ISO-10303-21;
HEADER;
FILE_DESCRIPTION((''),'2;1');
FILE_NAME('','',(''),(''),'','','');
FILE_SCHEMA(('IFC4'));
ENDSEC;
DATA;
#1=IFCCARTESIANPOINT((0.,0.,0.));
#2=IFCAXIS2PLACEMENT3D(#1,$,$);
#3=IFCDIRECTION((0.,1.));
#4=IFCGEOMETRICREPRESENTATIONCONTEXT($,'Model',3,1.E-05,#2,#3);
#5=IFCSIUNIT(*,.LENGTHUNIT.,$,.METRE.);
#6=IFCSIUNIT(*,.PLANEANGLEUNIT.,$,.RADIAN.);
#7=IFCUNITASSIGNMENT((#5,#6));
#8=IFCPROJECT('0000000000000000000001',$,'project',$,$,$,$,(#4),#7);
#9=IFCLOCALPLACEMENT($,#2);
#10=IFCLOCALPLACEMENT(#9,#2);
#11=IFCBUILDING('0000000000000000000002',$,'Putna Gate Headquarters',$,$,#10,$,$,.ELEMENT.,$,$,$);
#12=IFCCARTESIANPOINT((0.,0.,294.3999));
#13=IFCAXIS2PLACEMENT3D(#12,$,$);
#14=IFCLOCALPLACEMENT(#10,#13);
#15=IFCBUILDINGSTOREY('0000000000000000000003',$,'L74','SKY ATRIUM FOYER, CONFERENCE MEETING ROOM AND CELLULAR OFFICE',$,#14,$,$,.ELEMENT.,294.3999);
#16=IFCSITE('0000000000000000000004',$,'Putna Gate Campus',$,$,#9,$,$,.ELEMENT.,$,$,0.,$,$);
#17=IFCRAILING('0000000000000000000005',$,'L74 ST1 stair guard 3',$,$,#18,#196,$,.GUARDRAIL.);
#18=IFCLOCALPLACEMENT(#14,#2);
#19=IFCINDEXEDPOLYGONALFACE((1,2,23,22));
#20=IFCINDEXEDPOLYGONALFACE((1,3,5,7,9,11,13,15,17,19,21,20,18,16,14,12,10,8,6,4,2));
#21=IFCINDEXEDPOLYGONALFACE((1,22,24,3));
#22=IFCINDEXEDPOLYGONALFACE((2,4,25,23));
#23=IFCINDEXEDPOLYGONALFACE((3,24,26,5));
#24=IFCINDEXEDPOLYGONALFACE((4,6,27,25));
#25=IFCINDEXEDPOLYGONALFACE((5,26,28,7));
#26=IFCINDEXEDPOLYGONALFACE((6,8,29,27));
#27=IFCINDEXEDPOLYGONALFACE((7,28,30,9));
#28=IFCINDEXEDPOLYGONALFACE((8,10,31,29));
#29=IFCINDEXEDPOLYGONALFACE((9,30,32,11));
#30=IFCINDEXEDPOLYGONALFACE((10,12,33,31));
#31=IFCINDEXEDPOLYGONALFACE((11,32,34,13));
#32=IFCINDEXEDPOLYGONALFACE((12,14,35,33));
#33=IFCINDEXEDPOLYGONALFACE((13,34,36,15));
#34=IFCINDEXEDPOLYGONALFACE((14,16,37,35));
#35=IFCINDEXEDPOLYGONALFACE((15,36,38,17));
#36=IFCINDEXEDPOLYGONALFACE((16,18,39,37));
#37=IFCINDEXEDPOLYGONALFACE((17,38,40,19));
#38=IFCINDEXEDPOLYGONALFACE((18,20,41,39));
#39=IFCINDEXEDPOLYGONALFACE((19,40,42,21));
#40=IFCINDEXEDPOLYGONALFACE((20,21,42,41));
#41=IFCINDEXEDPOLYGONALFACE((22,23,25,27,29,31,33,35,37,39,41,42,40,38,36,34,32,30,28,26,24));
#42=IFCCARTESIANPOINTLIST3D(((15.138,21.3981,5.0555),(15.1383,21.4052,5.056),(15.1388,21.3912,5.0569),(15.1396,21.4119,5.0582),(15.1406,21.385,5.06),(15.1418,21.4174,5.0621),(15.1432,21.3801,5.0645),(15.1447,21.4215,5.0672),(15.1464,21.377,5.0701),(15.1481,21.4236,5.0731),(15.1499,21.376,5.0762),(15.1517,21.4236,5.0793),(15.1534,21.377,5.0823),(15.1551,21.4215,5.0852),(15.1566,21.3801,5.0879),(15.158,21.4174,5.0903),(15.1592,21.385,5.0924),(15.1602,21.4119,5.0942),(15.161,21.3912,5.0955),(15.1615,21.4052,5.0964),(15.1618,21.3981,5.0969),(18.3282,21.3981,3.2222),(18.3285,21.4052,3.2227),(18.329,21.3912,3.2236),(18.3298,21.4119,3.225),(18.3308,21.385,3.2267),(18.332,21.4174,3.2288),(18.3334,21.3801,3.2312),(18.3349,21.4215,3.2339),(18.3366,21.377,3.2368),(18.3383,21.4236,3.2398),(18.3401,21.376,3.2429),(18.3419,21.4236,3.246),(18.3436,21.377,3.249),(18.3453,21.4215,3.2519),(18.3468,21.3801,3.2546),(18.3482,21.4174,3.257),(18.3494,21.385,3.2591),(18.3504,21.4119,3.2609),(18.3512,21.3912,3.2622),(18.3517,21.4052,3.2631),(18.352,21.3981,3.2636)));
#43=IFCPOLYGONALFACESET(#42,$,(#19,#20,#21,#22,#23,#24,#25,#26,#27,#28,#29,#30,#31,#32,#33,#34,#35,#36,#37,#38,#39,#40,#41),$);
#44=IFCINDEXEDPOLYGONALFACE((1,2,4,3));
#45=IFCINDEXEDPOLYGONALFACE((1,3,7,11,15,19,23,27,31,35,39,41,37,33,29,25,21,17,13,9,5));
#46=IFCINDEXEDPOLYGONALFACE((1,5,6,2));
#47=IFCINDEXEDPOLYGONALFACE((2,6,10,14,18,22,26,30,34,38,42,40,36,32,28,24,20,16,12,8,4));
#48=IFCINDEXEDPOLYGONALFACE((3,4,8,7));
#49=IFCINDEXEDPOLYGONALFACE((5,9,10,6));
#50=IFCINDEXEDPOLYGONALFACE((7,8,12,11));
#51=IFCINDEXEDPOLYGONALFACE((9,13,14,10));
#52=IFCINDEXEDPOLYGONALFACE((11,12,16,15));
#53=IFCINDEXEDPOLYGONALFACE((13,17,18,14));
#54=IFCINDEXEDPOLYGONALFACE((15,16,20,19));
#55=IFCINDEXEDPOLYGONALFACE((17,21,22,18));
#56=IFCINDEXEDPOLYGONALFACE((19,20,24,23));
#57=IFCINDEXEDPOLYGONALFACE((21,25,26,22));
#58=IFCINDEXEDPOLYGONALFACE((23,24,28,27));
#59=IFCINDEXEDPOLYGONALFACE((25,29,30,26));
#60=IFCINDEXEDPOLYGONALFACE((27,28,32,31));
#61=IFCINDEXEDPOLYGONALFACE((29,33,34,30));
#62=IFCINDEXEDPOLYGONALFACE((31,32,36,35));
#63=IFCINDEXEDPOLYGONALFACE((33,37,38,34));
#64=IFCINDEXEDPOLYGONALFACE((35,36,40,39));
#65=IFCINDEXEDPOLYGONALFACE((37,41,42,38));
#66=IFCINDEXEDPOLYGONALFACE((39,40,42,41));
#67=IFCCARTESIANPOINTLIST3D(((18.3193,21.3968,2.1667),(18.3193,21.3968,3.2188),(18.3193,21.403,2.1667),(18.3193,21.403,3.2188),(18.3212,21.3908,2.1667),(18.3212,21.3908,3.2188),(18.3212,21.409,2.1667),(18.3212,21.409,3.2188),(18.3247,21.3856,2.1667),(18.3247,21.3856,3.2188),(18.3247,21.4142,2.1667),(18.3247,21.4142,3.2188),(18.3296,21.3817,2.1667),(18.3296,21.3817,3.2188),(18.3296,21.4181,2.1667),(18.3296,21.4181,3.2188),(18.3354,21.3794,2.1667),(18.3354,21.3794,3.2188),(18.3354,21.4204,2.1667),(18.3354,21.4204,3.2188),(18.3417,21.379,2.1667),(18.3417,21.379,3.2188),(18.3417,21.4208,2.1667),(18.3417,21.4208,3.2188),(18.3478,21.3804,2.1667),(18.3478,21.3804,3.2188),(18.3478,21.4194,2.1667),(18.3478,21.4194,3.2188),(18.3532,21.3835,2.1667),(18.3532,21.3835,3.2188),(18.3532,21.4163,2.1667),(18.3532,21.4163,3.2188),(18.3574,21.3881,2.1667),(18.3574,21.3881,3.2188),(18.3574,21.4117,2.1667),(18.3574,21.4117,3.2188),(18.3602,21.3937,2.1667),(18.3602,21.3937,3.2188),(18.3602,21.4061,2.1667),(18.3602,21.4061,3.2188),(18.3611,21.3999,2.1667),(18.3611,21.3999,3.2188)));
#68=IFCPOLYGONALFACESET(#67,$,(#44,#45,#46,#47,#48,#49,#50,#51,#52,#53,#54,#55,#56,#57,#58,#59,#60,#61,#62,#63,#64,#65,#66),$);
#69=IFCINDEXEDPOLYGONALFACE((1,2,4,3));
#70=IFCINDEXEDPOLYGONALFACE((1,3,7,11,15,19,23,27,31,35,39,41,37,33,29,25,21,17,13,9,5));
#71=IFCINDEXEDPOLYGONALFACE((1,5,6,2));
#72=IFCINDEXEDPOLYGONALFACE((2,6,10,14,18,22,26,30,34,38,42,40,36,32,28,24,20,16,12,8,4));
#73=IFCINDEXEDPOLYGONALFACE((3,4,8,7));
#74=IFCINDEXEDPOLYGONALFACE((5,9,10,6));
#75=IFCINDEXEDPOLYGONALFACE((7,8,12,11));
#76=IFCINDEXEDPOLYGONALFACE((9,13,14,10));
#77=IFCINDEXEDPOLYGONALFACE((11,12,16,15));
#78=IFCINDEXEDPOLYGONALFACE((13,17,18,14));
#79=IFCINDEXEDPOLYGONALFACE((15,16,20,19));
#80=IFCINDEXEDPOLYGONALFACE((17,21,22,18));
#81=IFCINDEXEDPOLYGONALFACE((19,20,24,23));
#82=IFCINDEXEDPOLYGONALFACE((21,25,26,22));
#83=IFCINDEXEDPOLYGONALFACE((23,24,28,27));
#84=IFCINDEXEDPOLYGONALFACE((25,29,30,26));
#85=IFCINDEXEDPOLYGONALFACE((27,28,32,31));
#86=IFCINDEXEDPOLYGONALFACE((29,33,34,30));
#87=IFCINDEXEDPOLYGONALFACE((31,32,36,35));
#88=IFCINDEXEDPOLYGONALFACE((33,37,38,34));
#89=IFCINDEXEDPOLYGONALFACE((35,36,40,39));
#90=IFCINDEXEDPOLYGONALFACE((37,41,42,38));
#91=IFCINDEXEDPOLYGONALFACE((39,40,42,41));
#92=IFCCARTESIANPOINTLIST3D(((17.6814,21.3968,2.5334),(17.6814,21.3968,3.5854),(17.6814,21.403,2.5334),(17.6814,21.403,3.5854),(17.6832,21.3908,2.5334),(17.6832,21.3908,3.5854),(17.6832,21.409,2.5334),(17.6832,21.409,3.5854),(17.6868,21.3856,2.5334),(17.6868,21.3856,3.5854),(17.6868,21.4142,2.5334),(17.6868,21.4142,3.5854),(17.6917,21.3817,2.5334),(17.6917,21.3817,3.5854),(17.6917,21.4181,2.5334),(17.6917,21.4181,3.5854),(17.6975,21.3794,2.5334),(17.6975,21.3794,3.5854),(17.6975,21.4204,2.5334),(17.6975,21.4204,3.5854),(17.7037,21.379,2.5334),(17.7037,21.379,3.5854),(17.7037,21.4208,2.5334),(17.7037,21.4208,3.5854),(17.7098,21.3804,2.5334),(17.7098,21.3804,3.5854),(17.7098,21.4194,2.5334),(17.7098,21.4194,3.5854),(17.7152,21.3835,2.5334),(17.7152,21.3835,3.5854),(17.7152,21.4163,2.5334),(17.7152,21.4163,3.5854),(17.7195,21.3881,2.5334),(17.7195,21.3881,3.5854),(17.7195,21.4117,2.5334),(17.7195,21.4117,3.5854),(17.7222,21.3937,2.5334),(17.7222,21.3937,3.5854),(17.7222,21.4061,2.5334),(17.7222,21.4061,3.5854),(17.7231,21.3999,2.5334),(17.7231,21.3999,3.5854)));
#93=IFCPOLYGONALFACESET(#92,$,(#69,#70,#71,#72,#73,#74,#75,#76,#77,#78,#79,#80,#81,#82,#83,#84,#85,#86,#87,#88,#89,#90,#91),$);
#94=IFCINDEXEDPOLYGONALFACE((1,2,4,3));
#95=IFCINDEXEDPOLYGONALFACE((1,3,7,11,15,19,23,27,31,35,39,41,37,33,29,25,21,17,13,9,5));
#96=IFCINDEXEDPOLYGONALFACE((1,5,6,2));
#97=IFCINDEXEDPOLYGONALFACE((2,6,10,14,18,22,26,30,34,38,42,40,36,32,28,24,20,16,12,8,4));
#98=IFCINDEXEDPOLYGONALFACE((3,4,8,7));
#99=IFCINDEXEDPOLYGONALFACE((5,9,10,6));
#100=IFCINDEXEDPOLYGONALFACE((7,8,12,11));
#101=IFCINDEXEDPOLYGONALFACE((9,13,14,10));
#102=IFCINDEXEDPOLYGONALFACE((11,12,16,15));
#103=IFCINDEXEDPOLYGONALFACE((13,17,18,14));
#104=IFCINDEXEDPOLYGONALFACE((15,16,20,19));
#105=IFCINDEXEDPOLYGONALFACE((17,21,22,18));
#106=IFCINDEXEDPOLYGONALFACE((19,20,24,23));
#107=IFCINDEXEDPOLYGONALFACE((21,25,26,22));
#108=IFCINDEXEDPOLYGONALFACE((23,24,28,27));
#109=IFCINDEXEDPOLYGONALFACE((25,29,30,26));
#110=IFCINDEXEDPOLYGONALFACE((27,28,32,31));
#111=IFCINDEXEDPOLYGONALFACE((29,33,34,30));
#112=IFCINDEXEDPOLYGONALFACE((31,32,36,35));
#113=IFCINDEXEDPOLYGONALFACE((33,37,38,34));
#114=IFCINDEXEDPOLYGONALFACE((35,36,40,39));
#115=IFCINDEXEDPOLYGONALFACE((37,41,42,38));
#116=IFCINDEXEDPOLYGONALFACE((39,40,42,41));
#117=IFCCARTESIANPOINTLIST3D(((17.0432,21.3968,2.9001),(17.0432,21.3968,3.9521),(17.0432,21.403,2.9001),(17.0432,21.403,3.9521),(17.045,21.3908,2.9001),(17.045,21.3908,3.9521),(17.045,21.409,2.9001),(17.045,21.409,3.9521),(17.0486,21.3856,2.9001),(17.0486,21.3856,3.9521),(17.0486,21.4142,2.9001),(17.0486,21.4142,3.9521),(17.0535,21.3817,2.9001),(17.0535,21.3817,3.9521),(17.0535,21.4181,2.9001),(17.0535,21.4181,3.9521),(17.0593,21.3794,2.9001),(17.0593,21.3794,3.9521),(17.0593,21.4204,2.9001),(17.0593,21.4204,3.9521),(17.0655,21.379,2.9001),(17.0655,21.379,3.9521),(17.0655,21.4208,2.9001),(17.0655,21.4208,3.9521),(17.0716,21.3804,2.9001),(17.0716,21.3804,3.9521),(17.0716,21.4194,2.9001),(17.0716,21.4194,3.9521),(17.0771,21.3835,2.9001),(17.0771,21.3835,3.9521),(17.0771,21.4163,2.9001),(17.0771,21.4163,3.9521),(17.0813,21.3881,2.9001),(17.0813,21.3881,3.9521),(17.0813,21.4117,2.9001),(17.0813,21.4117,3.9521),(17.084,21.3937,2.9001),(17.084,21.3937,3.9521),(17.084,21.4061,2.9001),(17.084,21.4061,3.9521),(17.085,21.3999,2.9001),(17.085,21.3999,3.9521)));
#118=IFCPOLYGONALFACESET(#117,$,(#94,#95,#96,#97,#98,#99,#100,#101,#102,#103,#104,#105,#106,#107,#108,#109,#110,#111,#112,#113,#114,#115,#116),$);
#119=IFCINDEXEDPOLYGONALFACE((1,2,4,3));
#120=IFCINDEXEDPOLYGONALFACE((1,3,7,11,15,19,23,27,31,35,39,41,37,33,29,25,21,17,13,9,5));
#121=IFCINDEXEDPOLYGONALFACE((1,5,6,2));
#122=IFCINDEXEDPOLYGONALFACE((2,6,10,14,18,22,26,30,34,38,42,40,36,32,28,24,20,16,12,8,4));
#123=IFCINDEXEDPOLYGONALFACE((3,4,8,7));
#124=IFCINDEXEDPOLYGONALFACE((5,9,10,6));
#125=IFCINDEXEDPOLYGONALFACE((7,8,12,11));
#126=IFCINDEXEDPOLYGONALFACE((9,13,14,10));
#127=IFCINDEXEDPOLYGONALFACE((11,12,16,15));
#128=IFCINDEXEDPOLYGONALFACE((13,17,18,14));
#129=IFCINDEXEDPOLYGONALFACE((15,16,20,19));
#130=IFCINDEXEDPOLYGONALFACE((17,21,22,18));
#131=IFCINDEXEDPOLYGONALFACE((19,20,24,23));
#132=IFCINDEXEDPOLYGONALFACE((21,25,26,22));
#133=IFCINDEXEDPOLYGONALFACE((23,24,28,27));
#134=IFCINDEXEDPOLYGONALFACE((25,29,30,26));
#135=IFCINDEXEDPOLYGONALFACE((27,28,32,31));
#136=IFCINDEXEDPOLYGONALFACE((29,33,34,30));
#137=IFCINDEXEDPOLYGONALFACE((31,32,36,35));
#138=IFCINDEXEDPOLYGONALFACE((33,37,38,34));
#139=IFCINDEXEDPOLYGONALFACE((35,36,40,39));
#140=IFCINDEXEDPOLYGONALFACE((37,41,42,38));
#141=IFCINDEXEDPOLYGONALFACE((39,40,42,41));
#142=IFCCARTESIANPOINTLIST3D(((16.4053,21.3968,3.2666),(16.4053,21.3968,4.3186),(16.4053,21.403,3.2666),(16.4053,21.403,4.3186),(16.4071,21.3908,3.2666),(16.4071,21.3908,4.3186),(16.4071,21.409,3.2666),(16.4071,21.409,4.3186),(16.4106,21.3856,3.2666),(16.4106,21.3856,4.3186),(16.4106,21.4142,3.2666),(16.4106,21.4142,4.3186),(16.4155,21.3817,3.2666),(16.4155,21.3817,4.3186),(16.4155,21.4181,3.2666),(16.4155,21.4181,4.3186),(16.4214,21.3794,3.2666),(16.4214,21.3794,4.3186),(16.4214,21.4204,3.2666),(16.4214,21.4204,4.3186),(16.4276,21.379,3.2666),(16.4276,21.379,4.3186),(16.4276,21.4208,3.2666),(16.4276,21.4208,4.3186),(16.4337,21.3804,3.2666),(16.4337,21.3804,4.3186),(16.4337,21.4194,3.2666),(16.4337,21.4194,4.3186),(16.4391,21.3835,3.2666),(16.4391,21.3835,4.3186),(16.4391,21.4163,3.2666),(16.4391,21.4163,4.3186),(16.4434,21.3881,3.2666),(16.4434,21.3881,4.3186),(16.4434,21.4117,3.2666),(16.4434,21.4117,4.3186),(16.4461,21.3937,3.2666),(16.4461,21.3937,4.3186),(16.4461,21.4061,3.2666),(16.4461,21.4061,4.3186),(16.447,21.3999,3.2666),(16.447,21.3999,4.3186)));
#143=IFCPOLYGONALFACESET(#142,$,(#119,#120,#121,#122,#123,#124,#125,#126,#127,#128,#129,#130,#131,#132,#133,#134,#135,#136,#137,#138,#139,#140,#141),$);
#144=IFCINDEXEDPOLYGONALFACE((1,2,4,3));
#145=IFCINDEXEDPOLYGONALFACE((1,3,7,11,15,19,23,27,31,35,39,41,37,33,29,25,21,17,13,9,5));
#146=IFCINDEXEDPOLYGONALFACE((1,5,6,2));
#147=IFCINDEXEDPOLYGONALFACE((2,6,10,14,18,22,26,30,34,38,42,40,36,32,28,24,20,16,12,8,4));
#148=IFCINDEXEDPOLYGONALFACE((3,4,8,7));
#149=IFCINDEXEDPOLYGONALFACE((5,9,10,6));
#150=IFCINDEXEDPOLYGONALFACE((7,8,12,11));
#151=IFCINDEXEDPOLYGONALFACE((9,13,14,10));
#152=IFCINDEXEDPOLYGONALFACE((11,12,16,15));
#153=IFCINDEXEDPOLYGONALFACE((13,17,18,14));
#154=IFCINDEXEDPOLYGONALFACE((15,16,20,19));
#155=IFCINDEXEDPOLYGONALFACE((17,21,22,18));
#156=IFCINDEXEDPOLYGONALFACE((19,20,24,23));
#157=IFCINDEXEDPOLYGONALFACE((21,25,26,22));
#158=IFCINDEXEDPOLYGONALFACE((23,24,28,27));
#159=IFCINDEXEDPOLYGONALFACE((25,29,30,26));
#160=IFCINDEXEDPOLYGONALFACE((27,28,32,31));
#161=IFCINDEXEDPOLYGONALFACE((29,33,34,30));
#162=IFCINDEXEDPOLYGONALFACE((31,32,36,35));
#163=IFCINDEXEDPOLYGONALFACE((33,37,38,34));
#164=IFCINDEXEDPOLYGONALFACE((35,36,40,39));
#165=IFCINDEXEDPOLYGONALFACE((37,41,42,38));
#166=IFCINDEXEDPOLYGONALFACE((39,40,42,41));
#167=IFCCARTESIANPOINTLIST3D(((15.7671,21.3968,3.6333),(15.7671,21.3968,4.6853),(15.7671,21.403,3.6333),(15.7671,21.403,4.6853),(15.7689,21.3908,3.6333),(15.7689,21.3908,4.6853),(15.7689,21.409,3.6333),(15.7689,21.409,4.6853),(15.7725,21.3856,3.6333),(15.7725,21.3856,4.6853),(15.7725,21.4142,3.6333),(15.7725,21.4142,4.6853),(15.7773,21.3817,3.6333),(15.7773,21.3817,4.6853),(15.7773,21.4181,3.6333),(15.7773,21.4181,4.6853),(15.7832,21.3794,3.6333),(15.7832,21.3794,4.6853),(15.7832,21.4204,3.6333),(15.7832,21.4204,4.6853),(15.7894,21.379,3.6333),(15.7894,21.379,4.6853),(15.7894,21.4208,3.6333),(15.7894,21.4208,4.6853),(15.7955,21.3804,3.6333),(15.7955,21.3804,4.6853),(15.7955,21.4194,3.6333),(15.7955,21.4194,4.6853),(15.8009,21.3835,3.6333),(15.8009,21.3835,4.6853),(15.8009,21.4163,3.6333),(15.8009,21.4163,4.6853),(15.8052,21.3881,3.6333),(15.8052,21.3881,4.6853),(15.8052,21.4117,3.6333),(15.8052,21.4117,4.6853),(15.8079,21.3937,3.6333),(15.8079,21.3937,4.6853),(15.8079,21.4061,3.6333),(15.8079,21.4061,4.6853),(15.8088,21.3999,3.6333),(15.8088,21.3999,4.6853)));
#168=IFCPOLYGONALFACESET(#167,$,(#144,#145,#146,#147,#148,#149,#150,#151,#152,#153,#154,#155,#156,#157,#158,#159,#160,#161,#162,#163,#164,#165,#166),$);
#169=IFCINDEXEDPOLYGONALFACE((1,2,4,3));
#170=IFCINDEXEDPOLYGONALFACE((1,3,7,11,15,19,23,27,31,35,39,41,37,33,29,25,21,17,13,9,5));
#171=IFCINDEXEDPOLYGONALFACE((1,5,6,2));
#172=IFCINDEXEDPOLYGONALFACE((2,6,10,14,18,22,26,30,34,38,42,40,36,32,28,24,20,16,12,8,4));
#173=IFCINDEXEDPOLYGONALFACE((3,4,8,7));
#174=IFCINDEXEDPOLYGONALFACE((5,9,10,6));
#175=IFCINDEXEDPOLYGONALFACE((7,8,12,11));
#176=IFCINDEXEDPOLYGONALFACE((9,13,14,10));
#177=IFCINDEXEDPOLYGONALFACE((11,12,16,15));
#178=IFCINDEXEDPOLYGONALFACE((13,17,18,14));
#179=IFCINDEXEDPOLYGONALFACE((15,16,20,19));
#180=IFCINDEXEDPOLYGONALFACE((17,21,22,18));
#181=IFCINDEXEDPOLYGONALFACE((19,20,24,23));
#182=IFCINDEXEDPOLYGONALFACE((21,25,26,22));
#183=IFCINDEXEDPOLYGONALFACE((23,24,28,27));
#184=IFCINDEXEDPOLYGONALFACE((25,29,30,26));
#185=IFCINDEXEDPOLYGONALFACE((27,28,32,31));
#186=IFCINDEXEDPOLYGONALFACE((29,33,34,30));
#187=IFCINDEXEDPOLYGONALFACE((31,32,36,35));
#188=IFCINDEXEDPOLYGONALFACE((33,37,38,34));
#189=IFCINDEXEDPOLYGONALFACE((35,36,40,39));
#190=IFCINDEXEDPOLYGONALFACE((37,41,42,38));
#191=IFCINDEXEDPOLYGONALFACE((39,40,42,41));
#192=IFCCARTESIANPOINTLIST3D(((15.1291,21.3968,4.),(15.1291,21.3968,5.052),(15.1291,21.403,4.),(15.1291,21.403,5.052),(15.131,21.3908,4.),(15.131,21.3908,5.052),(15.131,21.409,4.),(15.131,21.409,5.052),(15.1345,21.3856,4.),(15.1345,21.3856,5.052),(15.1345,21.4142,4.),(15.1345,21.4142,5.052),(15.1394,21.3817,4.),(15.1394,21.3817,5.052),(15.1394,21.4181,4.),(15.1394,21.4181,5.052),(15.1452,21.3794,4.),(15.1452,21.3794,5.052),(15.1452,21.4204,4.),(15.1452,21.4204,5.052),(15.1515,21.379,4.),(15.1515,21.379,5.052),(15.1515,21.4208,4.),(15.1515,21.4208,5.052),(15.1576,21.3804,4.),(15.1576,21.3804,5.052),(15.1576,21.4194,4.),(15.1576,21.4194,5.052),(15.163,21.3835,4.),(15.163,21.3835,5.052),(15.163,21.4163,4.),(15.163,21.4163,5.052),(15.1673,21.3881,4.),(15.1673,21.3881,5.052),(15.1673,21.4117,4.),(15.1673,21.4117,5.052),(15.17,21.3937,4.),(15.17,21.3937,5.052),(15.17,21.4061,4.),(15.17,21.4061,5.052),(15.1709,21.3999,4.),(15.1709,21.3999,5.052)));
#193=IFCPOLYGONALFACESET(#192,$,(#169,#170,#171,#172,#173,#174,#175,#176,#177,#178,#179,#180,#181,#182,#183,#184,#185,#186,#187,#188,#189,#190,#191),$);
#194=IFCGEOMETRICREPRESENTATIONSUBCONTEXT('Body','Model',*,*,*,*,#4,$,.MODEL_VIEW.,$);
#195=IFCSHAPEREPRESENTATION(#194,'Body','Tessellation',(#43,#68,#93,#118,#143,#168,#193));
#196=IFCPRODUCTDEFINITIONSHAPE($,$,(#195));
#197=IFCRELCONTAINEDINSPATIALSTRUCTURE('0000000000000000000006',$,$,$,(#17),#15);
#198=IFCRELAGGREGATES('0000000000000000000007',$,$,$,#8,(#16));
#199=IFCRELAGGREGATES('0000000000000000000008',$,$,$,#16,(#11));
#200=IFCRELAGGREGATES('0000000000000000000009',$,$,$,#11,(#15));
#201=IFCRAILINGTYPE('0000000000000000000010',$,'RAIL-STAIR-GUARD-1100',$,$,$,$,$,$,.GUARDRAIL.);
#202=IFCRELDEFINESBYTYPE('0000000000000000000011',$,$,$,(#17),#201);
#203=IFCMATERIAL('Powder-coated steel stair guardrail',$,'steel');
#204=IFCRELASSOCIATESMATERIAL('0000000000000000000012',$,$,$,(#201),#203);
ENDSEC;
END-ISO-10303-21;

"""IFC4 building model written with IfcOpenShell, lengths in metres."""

from ifc_helpers import new_model, si_unit, direction, frame, origin, origin_2d, place, context, subcontext, project, spatial, circle, extrude, material, type_object, element, save


model = new_model("IFC4")

# Units and contexts
model_context = context("Model", 3, precision=1e-05, world=origin(), true_north=direction((0.0, 1.0)))
body_context = subcontext(model_context, "Body", "Model", "MODEL_VIEW")
ifc_project = project(units=[si_unit("LENGTHUNIT", "METRE"), si_unit("PLANEANGLEUNIT", "RADIAN")], contexts=[model_context])

# Site, building, storey
site_placement = place(None, origin())
site = spatial("IfcSite", under=ifc_project, at=site_placement, Name="Putna Gate Campus", CompositionType="ELEMENT", RefElevation=0.0)
building_placement = place(site_placement, origin())
building = spatial("IfcBuilding", under=site, at=building_placement, Name="Putna Gate Headquarters", CompositionType="ELEMENT")
storey_placement = place(building_placement, frame((0.0, 0.0, 294.3999)))
storey = spatial("IfcBuildingStorey", under=building, at=storey_placement, Name="L74", Description="SKY ATRIUM FOYER, CONFERENCE MEETING ROOM AND CELLULAR OFFICE", CompositionType="ELEMENT", Elevation=294.3999)

# Railing
ifc_material_1 = material(Name="Powder-coated steel stair guardrail", Category="steel")
railing_type_1 = type_object("IfcRailingType", Name="RAIL-STAIR-GUARD-1100", PredefinedType="GUARDRAIL", material=ifc_material_1)
railing_1_placement = place(storey_placement, frame((18.3401, 21.3999, 2.1667)))
element("IfcRailing", 1, at=railing_1_placement, inside=storey, type_object=railing_type_1, Name="L74 ST1 stair guard 3", PredefinedType="GUARDRAIL", context=body_context, shape_type="SweptSolid", body=[
    extrude(circle(Radius=0.0239, at=origin_2d()), frame((0.0, 0.0, 1.0762), z_axis=(-0.867036, 0.0, 0.498245), x_axis=(0.0, -1.0, 0.0)), (0.0, 0.0, 1.0), 3.6794),
    extrude(circle(Radius=0.021, at=origin_2d()), origin(), (0.0, 0.0, 1.0), 1.052),
    extrude(circle(Radius=0.021, at=origin_2d()), frame((-0.6379, 0.0, 0.3667)), (0.0, 0.0, 1.0), 1.052),
    extrude(circle(Radius=0.021, at=origin_2d()), frame((-1.2761, 0.0, 0.7334)), (0.0, 0.0, 1.0), 1.052),
    extrude(circle(Radius=0.021, at=origin_2d()), frame((-1.9141, 0.0, 1.0999)), (0.0, 0.0, 1.0), 1.052),
    extrude(circle(Radius=0.021, at=origin_2d()), frame((-2.5522, 0.0, 1.4666)), (0.0, 0.0, 1.0), 1.052),
    extrude(circle(Radius=0.021, at=origin_2d()), frame((-3.1902, 0.0, 1.8333)), (0.0, 0.0, 1.0), 1.052),
])

save(model, "model.ifc")
